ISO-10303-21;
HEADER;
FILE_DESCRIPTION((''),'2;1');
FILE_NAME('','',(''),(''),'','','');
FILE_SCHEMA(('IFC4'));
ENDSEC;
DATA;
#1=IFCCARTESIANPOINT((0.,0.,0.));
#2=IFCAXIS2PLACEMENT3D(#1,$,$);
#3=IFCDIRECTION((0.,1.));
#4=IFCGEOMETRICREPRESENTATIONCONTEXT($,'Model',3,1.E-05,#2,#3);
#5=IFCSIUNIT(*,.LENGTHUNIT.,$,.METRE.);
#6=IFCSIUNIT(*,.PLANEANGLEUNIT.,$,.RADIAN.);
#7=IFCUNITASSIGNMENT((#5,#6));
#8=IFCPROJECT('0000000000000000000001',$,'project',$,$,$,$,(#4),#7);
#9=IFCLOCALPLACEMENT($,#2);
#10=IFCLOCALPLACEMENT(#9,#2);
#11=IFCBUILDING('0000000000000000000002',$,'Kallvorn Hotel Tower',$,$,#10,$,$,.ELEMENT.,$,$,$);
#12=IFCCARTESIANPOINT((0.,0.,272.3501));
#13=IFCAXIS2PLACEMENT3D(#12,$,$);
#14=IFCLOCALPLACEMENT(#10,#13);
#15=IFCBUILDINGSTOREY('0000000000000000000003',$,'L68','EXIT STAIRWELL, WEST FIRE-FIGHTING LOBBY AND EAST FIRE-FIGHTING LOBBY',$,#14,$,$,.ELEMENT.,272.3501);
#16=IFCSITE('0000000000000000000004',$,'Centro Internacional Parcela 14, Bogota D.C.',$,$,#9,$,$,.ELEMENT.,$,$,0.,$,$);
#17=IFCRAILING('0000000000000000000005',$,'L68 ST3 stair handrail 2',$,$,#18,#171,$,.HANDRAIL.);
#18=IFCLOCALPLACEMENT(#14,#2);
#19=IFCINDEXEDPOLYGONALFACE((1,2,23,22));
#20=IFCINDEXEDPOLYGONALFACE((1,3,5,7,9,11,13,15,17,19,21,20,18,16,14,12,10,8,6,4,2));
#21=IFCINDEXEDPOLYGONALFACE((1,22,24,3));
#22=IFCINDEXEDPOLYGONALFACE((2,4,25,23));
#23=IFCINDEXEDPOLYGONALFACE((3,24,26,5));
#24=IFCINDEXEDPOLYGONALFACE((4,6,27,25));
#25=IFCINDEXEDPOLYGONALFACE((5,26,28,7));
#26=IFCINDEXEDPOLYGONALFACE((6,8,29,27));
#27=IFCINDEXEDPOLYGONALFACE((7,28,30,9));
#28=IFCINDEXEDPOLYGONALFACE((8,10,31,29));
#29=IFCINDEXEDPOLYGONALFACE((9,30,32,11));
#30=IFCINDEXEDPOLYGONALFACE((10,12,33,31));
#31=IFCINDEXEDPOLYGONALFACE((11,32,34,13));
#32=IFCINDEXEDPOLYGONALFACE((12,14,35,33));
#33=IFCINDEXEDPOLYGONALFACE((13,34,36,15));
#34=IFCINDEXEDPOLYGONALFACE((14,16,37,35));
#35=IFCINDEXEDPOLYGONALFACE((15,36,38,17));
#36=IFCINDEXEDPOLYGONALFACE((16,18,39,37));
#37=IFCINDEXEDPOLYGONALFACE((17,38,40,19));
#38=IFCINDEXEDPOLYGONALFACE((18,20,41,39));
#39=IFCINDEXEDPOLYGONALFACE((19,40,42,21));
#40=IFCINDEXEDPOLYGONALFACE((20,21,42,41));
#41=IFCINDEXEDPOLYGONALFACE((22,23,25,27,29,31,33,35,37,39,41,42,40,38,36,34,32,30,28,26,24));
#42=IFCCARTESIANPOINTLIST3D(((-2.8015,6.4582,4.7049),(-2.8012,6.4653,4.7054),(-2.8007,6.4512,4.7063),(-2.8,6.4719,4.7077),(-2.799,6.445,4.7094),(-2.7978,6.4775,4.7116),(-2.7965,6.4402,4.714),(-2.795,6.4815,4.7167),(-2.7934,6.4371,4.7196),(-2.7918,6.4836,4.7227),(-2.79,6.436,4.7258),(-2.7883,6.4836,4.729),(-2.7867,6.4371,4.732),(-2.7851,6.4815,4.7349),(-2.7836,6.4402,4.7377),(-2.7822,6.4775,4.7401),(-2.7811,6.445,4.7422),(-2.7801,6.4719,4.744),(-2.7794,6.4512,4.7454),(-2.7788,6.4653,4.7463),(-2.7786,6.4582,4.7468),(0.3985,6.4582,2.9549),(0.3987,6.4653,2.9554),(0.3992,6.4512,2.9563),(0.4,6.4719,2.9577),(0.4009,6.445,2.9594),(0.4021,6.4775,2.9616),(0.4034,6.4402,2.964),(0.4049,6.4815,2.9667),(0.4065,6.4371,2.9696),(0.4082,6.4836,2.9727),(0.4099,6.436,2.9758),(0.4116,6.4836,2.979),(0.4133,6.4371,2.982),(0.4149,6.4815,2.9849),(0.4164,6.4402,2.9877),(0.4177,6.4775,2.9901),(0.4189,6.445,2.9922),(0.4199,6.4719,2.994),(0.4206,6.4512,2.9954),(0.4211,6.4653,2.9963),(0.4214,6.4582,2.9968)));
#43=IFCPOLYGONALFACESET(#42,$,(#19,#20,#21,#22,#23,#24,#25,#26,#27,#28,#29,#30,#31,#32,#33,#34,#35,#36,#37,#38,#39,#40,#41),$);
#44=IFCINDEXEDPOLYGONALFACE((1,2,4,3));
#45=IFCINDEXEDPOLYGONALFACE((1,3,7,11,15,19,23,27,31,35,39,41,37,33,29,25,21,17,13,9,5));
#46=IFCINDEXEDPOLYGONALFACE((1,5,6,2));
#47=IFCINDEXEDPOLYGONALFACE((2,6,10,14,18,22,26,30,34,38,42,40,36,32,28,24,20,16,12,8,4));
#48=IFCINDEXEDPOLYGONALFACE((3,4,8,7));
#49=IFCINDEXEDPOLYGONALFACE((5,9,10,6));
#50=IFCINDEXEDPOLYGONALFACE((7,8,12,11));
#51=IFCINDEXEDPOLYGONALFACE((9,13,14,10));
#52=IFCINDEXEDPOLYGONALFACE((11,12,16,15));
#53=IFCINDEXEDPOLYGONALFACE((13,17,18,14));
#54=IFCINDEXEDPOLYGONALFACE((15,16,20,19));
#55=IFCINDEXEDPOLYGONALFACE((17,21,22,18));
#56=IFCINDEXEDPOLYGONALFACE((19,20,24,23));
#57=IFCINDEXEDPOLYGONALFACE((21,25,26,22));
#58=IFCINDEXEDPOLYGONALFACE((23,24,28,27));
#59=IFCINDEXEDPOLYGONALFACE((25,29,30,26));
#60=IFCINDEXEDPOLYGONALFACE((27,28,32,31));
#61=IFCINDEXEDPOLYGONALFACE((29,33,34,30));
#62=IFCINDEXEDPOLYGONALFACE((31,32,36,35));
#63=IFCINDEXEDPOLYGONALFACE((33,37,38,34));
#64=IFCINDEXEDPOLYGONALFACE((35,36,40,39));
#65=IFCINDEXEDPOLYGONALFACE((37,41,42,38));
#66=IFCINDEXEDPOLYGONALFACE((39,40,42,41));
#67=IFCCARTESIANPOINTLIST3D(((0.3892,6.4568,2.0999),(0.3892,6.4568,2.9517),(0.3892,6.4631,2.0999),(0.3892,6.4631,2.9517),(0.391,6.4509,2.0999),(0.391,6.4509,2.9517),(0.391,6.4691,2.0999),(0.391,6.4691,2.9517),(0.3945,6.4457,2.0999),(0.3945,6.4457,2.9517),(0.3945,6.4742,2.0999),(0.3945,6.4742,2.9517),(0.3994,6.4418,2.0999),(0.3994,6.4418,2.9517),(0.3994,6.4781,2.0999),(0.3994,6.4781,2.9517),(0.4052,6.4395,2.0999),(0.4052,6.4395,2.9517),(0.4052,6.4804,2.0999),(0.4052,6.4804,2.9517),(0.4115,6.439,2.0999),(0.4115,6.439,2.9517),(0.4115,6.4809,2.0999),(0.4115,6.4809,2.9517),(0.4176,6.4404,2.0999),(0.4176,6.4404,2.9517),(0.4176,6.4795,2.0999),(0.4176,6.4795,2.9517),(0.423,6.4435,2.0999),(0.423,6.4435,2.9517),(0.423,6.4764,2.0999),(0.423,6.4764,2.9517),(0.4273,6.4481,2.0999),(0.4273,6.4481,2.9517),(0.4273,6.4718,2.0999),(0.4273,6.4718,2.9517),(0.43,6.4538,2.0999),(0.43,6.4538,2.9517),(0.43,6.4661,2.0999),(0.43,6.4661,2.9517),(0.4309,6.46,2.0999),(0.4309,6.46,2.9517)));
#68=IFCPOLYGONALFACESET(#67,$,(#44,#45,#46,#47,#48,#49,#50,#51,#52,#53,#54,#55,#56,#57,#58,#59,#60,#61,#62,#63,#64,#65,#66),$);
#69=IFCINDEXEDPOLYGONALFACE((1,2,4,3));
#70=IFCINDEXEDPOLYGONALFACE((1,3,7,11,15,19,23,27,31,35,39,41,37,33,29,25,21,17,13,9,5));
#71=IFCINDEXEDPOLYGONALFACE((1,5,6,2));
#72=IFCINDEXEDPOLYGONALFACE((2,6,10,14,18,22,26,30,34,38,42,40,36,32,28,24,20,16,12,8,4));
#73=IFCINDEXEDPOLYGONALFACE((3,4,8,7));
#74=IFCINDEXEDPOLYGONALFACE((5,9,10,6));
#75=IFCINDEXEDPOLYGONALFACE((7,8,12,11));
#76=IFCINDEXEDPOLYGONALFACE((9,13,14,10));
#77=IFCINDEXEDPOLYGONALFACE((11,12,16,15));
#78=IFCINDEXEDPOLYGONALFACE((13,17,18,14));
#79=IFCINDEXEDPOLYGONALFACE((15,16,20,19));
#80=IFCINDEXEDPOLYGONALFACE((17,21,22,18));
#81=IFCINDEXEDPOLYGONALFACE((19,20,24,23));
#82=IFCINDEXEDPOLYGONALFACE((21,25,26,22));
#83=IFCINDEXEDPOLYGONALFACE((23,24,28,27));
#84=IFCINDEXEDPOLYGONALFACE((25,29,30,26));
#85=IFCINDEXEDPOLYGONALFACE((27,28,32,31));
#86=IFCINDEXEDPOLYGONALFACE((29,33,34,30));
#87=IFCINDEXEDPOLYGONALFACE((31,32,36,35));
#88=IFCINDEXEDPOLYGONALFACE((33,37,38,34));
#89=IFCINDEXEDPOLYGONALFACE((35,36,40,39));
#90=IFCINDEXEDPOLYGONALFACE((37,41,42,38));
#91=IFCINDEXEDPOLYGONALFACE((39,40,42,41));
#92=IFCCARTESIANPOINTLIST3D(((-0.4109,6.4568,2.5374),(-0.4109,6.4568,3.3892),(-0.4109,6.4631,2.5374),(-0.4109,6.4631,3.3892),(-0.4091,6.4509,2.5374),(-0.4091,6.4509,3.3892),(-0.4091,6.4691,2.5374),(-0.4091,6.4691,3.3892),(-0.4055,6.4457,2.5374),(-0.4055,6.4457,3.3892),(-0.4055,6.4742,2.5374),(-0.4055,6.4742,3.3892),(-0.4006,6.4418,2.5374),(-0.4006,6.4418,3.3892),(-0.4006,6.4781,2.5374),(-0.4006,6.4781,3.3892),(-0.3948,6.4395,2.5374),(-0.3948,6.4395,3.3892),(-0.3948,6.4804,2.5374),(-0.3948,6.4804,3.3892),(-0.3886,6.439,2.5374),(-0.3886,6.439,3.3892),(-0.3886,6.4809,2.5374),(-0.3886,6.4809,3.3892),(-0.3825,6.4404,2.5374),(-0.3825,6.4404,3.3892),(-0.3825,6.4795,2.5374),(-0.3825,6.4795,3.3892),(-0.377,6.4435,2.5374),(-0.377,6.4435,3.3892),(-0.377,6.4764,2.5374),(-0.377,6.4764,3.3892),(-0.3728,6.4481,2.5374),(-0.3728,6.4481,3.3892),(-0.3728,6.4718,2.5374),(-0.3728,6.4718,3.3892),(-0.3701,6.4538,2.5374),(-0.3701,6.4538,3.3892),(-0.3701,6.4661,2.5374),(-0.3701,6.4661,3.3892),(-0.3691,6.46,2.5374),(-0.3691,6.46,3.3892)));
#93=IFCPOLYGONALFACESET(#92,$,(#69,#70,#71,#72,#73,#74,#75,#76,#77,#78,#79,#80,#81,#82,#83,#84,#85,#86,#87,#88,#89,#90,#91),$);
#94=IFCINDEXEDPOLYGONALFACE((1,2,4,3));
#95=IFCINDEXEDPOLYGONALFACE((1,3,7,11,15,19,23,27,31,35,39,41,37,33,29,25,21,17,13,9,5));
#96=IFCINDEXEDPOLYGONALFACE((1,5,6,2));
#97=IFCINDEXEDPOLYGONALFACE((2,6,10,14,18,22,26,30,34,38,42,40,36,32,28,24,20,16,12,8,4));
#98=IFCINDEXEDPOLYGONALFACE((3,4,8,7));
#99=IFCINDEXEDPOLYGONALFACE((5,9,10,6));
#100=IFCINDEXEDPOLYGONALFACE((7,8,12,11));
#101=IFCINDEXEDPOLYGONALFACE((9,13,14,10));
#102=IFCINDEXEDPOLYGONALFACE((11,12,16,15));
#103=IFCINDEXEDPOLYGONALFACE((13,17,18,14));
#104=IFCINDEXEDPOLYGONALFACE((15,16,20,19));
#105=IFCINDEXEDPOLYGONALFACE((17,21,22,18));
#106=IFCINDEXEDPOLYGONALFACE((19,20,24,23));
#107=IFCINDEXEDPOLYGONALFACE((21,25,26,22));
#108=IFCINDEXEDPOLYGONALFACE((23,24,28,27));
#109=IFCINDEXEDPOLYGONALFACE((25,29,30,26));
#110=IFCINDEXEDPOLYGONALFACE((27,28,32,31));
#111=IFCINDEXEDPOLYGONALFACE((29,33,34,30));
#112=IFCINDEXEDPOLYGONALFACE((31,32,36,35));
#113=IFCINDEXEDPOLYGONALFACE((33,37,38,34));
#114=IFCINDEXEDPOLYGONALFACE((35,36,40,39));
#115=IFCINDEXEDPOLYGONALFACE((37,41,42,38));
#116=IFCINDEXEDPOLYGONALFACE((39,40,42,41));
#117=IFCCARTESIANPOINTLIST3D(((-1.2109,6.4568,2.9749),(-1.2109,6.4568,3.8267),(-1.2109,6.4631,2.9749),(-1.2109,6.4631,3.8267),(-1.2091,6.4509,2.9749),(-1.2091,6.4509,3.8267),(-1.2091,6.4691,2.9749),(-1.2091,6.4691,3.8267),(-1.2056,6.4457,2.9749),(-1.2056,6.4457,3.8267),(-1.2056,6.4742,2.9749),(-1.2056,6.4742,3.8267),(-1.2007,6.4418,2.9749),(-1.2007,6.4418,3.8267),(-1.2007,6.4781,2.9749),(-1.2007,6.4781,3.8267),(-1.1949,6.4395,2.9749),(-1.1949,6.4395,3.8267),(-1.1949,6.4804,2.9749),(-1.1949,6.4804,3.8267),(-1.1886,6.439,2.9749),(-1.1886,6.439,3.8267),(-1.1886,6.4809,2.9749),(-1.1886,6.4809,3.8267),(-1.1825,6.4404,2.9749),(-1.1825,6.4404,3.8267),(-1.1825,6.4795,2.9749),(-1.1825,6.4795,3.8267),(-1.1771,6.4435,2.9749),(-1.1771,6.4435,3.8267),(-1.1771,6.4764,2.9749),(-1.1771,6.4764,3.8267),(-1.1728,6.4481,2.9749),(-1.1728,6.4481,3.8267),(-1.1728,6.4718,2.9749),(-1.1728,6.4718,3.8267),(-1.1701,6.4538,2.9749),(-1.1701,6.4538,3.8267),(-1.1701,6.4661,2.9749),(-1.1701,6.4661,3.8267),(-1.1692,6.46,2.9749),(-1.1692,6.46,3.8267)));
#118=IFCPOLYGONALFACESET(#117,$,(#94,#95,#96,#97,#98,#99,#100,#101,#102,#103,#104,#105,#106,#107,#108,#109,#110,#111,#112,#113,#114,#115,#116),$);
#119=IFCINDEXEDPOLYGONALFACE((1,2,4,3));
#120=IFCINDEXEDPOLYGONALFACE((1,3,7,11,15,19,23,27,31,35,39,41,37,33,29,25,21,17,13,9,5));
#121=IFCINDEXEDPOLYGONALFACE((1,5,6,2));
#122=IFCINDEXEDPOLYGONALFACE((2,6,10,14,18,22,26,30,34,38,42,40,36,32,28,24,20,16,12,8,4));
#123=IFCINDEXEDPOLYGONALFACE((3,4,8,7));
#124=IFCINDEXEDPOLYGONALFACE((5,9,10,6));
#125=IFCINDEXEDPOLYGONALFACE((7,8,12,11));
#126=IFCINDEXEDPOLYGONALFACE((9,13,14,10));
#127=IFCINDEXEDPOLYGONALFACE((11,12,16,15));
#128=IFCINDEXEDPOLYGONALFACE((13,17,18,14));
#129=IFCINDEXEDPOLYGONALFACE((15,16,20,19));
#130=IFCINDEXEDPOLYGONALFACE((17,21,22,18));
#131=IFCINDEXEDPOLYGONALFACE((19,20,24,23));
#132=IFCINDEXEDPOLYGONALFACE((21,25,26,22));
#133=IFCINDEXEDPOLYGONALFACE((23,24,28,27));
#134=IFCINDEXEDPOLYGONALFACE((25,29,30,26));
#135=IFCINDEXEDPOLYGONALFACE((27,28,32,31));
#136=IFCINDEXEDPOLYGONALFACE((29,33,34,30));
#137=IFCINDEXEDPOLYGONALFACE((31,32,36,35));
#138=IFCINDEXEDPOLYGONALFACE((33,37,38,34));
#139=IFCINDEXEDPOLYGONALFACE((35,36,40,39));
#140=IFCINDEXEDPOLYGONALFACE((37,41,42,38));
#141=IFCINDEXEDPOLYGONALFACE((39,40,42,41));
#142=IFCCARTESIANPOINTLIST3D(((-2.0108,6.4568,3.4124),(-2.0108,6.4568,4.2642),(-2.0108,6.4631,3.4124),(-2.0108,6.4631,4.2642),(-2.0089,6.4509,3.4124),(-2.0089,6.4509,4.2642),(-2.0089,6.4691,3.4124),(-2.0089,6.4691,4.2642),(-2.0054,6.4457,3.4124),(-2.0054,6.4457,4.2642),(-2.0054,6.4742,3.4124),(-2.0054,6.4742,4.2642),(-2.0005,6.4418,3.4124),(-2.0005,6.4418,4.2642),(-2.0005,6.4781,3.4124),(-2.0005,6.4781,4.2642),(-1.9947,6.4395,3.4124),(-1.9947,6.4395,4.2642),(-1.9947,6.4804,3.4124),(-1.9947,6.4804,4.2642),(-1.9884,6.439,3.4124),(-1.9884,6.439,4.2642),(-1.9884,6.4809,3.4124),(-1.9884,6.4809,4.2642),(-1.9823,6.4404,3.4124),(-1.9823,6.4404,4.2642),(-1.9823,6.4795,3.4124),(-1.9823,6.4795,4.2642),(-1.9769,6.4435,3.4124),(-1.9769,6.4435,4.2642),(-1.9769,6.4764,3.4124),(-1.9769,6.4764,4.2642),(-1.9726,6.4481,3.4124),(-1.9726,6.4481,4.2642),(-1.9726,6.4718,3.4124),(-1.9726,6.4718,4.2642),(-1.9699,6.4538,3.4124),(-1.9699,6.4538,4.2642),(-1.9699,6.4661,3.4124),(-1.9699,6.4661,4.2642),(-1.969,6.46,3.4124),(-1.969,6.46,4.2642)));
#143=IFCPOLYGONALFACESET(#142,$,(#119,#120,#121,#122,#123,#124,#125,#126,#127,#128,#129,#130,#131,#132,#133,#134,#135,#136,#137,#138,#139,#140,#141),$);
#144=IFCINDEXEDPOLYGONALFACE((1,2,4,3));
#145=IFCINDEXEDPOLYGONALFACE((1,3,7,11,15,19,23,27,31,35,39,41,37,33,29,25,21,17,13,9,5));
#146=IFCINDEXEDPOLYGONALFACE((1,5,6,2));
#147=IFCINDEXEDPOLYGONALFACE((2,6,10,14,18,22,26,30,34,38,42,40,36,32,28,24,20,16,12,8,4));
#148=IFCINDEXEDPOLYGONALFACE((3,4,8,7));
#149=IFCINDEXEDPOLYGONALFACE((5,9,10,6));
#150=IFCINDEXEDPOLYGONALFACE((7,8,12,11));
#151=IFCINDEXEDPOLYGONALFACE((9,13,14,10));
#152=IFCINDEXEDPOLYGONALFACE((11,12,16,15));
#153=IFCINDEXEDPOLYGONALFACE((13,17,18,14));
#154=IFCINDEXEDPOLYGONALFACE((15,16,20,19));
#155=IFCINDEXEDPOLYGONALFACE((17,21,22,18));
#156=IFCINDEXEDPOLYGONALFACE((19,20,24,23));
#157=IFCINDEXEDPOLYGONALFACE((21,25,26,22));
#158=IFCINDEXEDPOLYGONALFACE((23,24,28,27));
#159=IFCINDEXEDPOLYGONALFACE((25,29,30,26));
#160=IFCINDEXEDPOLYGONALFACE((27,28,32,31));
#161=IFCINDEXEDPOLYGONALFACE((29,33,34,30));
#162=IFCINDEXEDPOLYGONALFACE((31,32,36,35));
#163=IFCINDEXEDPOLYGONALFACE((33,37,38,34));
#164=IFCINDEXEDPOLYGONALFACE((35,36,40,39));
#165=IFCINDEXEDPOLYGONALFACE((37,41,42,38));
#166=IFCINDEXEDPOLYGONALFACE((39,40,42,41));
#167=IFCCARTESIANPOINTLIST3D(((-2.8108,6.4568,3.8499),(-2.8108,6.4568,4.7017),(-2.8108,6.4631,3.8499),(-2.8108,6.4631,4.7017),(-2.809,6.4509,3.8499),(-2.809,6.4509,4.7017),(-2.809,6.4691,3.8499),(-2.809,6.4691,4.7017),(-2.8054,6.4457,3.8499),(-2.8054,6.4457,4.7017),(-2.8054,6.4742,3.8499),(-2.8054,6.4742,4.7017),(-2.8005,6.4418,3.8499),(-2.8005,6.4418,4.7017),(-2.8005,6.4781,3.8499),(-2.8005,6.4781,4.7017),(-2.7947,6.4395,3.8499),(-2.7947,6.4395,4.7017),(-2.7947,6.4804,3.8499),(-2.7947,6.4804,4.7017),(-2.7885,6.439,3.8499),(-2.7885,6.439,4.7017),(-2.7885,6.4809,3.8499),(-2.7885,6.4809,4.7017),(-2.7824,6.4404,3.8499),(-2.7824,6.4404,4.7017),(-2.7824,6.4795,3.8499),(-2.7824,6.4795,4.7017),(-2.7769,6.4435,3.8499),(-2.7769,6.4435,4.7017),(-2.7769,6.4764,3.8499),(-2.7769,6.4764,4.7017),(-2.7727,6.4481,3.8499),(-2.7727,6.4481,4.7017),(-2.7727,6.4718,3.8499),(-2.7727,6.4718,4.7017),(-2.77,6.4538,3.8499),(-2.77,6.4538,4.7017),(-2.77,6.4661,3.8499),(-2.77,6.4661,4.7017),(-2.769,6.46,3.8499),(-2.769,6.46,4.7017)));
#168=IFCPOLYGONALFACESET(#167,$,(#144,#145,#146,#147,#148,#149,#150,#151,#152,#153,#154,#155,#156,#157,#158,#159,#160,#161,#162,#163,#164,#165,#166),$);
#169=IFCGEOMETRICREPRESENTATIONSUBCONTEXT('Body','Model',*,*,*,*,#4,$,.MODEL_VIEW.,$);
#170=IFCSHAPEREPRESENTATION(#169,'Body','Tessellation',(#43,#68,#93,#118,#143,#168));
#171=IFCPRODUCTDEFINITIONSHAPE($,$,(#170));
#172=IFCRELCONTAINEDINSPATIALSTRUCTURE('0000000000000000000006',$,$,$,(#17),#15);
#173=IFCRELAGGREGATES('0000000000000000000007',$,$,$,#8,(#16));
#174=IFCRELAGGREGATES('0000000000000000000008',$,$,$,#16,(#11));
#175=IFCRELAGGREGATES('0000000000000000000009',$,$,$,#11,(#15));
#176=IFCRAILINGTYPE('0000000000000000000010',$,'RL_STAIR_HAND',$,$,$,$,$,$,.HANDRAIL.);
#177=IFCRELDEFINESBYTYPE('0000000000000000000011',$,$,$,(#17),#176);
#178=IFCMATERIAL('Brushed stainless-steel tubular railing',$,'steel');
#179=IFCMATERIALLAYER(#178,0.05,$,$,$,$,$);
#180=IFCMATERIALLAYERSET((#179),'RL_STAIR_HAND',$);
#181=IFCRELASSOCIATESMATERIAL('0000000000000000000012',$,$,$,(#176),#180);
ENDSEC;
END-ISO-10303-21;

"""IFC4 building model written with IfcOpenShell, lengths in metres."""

from ifc_helpers import new_model, si_unit, direction, frame, origin, origin_2d, place, context, subcontext, project, spatial, circle, extrude, material, layer, layer_set, type_object, element, save


model = new_model("IFC4")

# Units and contexts
model_context = context("Model", 3, precision=1e-05, world=origin(), true_north=direction((0.0, 1.0)))
body_context = subcontext(model_context, "Body", "Model", "MODEL_VIEW")
ifc_project = project(units=[si_unit("LENGTHUNIT", "METRE"), si_unit("PLANEANGLEUNIT", "RADIAN")], contexts=[model_context])

# Site, building, storey
site_placement = place(None, origin())
site = spatial("IfcSite", under=ifc_project, at=site_placement, Name="Centro Internacional Parcela 14, Bogota D.C.", CompositionType="ELEMENT", RefElevation=0.0)
building_placement = place(site_placement, origin())
building = spatial("IfcBuilding", under=site, at=building_placement, Name="Kallvorn Hotel Tower", CompositionType="ELEMENT")
storey_placement = place(building_placement, frame((0.0, 0.0, 272.3501)))
storey = spatial("IfcBuildingStorey", under=building, at=storey_placement, Name="L68", Description="EXIT STAIRWELL, WEST FIRE-FIGHTING LOBBY AND EAST FIRE-FIGHTING LOBBY", CompositionType="ELEMENT", Elevation=272.3501)

# Railing
ifc_material_1 = material(Name="Brushed stainless-steel tubular railing", Category="steel")
ifc_layer_1 = layer(ifc_material_1, 0.05)
ifc_layer_set_1 = layer_set([ifc_layer_1], Name="RL_STAIR_HAND")
railing_type_1 = type_object("IfcRailingType", Name="RL_STAIR_HAND", PredefinedType="HANDRAIL", material=ifc_layer_set_1)
railing_1_placement = place(storey_placement, frame((0.4099, 6.46, 2.0999)))
element("IfcRailing", 1, at=railing_1_placement, inside=storey, type_object=railing_type_1, Name="L68 ST3 stair handrail 2", PredefinedType="HANDRAIL", context=body_context, shape_type="SweptSolid", body=[
    extrude(circle(Radius=0.0239, at=origin_2d()), frame((0.0, 0.0, 0.876), z_axis=(-0.877368, 0.0, 0.479818), x_axis=(0.0, -1.0, 0.0)), (0.0, 0.0, 1.0), 3.6472),
    extrude(circle(Radius=0.021, at=origin_2d()), origin(), (0.0, 0.0, 1.0), 0.8518),
    extrude(circle(Radius=0.021, at=origin_2d()), frame((-0.8, 0.0, 0.4375)), (0.0, 0.0, 1.0), 0.8518),
    extrude(circle(Radius=0.021, at=origin_2d()), frame((-1.6001, 0.0, 0.875)), (0.0, 0.0, 1.0), 0.8518),
    extrude(circle(Radius=0.021, at=origin_2d()), frame((-2.3999, 0.0, 1.3125)), (0.0, 0.0, 1.0), 0.8518),
    extrude(circle(Radius=0.021, at=origin_2d()), frame((-3.2, 0.0, 1.75)), (0.0, 0.0, 1.0), 0.8518),
])

save(model, "model.ifc")
